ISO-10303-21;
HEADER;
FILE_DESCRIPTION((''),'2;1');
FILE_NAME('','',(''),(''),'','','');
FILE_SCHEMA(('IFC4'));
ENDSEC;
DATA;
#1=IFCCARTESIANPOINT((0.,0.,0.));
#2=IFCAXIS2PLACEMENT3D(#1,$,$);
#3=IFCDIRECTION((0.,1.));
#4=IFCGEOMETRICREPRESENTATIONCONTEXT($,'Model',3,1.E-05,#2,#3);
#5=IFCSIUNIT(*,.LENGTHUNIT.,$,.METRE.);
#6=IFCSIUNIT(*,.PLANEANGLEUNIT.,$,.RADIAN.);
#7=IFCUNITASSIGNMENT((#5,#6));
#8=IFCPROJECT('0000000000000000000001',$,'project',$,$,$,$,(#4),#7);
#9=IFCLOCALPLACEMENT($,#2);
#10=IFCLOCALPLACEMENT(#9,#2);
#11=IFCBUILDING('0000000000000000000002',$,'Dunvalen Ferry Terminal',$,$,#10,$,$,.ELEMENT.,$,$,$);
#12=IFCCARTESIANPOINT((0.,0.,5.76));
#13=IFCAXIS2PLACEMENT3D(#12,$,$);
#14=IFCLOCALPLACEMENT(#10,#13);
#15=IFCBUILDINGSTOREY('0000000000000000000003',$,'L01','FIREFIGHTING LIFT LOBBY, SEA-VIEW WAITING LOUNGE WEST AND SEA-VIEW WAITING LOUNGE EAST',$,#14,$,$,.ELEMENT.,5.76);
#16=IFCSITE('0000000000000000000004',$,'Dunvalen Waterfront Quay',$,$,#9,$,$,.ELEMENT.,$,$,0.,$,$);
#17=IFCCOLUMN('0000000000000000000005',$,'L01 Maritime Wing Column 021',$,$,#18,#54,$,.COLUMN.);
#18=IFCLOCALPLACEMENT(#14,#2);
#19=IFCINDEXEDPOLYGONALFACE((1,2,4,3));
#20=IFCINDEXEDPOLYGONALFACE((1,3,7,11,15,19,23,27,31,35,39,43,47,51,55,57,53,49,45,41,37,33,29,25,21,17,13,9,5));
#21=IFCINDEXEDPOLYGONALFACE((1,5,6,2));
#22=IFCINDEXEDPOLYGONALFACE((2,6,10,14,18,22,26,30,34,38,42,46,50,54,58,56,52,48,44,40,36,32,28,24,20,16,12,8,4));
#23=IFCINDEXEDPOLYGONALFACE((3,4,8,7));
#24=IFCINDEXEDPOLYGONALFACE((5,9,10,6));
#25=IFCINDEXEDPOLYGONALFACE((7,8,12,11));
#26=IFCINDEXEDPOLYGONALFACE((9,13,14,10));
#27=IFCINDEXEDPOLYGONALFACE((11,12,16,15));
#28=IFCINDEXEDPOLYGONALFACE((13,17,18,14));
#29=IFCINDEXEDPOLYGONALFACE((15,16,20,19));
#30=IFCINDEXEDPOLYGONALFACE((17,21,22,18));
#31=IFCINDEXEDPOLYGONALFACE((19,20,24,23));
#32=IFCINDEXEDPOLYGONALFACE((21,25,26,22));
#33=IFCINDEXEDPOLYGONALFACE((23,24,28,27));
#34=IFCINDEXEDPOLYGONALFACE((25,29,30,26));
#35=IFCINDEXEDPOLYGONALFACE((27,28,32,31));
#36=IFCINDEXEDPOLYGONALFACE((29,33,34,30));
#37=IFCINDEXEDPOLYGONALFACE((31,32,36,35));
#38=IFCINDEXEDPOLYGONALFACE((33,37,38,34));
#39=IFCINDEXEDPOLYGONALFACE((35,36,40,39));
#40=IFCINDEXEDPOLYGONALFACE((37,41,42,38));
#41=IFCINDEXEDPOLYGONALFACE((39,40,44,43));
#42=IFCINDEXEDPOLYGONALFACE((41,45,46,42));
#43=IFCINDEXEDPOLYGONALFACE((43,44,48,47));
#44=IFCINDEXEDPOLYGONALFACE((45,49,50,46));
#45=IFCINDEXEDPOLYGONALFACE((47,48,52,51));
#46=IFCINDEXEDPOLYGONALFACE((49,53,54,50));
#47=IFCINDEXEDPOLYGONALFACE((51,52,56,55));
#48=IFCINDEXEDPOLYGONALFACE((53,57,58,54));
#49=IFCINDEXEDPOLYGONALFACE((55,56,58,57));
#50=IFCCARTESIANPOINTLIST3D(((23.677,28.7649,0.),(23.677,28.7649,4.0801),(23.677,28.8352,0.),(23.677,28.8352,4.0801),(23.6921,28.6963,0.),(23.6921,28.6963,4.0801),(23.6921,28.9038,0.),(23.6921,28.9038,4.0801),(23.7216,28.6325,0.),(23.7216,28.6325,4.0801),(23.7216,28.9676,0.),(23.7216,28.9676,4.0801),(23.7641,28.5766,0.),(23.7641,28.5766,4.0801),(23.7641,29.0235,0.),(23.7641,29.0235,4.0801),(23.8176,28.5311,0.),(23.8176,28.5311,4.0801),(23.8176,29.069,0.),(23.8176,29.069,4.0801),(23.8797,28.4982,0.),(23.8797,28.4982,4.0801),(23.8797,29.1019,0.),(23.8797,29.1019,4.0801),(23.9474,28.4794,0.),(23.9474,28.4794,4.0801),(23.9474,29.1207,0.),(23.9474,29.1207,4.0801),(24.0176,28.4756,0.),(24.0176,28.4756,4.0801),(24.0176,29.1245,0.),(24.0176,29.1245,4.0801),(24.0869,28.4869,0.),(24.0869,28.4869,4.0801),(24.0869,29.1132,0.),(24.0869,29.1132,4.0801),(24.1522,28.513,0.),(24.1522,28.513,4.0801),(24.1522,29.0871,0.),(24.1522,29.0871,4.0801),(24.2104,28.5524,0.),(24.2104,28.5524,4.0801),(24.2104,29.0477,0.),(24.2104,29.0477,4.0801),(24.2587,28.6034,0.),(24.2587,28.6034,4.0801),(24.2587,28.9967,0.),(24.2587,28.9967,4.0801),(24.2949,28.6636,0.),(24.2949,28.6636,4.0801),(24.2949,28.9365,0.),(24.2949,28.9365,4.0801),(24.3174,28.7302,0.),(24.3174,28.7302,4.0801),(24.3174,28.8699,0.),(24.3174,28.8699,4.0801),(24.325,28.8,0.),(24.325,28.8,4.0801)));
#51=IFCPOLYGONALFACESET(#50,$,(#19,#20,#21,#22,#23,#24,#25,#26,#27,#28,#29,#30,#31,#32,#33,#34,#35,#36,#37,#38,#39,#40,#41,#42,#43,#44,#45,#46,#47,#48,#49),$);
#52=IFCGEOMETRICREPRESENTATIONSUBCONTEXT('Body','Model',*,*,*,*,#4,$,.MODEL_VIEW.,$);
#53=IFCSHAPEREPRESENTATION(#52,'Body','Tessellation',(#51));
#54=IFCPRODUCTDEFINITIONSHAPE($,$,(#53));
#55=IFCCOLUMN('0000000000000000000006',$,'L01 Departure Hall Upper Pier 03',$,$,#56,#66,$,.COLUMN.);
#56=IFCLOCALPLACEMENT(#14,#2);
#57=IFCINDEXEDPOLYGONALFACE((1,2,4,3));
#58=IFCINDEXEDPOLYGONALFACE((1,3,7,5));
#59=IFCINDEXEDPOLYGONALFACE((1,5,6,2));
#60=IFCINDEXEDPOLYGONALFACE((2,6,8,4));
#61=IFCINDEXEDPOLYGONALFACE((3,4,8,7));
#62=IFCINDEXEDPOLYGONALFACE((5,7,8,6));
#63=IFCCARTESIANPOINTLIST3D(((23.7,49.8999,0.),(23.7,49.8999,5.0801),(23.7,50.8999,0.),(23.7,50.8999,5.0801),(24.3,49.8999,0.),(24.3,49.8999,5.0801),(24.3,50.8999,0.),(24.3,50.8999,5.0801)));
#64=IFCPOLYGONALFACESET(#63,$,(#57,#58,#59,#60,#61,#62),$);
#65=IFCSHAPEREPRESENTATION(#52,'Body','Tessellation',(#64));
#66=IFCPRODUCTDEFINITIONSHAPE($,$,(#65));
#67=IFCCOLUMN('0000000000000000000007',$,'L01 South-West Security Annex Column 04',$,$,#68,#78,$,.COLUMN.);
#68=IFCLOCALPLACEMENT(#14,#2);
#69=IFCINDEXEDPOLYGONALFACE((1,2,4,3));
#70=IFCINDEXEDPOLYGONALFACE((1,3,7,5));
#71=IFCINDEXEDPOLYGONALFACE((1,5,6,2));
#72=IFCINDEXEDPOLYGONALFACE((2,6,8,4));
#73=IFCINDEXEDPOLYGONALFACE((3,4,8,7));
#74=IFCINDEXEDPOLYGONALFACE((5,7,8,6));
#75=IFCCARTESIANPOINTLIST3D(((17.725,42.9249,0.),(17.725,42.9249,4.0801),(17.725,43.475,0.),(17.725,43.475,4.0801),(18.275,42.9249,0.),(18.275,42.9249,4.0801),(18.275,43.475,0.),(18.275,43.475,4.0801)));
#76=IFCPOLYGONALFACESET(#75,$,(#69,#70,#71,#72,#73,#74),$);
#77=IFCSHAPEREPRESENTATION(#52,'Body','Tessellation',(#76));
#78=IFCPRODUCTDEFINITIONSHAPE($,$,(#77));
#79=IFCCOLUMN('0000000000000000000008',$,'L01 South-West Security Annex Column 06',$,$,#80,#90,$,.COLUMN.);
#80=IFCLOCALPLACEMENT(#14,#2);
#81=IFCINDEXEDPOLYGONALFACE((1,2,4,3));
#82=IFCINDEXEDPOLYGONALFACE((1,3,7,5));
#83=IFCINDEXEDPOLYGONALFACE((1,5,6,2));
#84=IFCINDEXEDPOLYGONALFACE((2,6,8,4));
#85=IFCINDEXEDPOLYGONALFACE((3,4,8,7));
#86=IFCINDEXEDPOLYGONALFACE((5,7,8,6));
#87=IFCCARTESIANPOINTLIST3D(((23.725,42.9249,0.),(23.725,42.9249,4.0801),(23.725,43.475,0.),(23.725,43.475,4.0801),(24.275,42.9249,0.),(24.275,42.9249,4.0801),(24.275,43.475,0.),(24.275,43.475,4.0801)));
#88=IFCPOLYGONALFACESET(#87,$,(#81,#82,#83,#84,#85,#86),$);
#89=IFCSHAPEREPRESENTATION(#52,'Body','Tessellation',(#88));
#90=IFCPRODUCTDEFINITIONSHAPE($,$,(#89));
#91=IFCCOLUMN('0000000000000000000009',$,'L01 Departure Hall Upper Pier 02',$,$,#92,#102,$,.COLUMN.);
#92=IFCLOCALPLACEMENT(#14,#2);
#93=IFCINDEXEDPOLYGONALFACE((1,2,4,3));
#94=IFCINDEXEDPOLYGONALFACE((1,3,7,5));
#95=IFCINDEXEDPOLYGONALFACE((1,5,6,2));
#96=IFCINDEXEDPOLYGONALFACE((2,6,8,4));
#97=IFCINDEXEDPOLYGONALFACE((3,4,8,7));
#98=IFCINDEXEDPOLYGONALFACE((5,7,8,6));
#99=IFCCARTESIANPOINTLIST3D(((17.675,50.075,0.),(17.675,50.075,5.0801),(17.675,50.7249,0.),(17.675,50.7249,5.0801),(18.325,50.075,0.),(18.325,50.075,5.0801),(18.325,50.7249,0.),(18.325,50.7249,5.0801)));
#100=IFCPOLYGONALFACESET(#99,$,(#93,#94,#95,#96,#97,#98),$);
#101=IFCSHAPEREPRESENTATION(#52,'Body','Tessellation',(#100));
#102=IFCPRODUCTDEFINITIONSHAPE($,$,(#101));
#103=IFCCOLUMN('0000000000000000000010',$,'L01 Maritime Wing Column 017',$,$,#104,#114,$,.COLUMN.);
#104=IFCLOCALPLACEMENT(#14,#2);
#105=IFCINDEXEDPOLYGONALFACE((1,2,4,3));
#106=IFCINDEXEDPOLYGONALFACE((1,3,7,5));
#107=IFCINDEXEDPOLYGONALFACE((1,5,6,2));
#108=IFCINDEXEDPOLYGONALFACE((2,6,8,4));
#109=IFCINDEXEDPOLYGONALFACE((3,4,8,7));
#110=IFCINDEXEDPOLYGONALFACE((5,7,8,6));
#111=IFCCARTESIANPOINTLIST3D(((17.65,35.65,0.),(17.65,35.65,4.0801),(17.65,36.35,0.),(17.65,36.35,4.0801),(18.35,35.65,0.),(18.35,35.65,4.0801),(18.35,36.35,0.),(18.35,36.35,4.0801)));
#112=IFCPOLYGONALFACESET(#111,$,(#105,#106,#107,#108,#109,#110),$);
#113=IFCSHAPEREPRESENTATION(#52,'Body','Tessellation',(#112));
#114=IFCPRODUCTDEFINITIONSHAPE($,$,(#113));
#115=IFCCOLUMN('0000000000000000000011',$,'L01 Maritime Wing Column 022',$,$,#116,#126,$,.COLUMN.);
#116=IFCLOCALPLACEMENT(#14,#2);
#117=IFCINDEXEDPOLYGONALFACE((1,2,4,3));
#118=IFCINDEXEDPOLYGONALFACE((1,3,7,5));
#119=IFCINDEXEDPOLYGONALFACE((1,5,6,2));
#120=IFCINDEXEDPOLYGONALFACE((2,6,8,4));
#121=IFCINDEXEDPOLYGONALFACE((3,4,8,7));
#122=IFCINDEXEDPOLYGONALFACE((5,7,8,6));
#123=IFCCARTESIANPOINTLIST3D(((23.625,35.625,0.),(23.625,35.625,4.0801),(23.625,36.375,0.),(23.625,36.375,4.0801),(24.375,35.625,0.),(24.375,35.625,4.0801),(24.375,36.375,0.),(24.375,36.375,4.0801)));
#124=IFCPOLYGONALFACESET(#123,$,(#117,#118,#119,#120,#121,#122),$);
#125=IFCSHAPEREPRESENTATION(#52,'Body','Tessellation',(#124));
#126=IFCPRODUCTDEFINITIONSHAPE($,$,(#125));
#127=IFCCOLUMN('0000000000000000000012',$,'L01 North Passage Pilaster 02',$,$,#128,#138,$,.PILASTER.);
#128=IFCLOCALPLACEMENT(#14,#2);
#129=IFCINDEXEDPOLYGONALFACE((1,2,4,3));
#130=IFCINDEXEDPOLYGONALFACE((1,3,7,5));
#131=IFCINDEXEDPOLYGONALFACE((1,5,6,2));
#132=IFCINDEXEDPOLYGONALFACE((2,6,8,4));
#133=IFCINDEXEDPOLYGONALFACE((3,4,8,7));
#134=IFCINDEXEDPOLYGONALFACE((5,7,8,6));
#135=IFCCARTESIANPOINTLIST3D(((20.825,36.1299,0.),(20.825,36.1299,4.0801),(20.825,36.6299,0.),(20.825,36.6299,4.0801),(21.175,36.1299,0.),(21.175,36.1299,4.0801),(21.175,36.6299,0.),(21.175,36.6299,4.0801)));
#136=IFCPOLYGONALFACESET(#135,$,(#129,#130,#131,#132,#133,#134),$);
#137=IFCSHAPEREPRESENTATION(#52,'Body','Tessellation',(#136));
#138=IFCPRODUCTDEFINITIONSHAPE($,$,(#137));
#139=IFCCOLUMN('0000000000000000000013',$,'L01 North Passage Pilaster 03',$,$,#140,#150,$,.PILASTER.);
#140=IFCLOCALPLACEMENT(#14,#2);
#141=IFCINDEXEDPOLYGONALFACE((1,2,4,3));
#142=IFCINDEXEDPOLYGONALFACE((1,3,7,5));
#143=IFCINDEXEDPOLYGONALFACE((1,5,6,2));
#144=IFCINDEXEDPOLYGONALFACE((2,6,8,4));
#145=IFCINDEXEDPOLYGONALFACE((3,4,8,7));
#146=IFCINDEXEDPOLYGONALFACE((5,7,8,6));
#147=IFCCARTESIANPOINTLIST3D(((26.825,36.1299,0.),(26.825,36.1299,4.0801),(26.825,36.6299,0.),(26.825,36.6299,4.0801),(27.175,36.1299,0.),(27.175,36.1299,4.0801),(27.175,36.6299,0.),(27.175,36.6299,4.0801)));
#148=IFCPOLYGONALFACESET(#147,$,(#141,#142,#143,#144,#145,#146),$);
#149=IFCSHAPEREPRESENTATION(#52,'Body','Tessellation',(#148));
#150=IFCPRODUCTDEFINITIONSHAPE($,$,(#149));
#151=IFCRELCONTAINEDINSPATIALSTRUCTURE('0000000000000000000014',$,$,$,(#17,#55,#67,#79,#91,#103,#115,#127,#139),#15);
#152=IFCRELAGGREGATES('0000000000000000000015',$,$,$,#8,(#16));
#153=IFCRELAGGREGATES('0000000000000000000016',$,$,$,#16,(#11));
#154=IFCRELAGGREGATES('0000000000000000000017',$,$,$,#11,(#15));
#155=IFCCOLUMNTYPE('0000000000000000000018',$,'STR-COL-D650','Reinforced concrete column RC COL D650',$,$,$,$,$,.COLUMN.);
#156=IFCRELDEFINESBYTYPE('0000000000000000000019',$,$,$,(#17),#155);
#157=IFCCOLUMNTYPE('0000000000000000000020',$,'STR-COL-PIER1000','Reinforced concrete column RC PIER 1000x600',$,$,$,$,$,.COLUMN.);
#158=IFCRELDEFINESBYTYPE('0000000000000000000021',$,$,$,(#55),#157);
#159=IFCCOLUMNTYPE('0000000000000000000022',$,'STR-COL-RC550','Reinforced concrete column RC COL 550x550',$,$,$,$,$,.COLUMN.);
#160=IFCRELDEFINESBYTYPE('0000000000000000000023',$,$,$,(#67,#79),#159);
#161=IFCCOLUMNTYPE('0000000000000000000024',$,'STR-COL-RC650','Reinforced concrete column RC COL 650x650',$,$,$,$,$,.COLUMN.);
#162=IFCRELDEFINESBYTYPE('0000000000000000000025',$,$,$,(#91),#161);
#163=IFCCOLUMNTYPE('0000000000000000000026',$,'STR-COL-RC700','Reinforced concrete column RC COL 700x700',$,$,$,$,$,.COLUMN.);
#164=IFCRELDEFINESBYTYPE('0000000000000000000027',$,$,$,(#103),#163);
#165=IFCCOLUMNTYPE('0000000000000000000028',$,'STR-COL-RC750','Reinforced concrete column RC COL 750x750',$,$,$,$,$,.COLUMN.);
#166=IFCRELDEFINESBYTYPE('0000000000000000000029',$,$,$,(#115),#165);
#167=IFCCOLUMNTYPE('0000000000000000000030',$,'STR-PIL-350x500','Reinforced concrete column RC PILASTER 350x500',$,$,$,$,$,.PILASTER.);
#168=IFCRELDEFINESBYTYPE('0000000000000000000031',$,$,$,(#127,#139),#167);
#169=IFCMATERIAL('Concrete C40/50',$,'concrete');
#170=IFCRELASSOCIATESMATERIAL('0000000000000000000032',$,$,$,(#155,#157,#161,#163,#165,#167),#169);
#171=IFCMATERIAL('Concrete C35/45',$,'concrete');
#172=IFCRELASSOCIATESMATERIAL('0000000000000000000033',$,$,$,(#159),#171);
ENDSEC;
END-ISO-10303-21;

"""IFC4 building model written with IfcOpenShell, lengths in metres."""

from ifc_helpers import new_model, si_unit, direction, frame, origin, origin_2d, place, context, subcontext, project, spatial, rectangle, circle, extrude, material, material_profile, profile_set, type_object, element, save


model = new_model("IFC4")

# Units and contexts
model_context = context("Model", 3, precision=1e-05, world=origin(), true_north=direction((0.0, 1.0)))
body_context = subcontext(model_context, "Body", "Model", "MODEL_VIEW")
ifc_project = project(units=[si_unit("LENGTHUNIT", "METRE"), si_unit("PLANEANGLEUNIT", "RADIAN")], contexts=[model_context])

# Site, building, storey
site_placement = place(None, origin())
site = spatial("IfcSite", under=ifc_project, at=site_placement, Name="Dunvalen Waterfront Quay", CompositionType="ELEMENT", RefElevation=0.0)
building_placement = place(site_placement, origin())
building = spatial("IfcBuilding", under=site, at=building_placement, Name="Dunvalen Ferry Terminal", CompositionType="ELEMENT")
storey_placement = place(building_placement, frame((0.0, 0.0, 5.76)))
storey = spatial("IfcBuildingStorey", under=building, at=storey_placement, Name="L01", Description="FIREFIGHTING LIFT LOBBY, SEA-VIEW WAITING LOUNGE WEST AND SEA-VIEW WAITING LOUNGE EAST", CompositionType="ELEMENT", Elevation=5.76)

# Columns
ifc_material_1 = material(Name="Concrete C40/50", Category="concrete")
ifc_material_profile_1 = material_profile(ifc_material_1, circle(Radius=0.325, at=origin_2d()), Name="Concrete C40/50")
ifc_profile_set_1 = profile_set([ifc_material_profile_1], Name="Concrete C40/50")
column_type_1 = type_object("IfcColumnType", Name="STR-COL-D650", Description="Reinforced concrete column RC COL D650", PredefinedType="COLUMN", material=ifc_profile_set_1)
column_1_placement = place(storey_placement, frame((24.0, 28.8, 0.0), z_axis=(0.0, 0.0, 1.0), x_axis=(1.0, 0.0, 0.0)))
element("IfcColumn", 1, at=column_1_placement, inside=storey, type_object=column_type_1, Name="L01 Maritime Wing Column 021", PredefinedType="COLUMN", context=body_context, shape_type="SweptSolid", body=[
    extrude(circle(Radius=0.325, at=origin_2d()), origin(), (0.0, 0.0, 1.0), 4.0801),
])
ifc_material_profile_2 = material_profile(ifc_material_1, rectangle(XDim=0.6001, YDim=1.0, at=origin_2d()), Name="Concrete C40/50")
ifc_profile_set_2 = profile_set([ifc_material_profile_2], Name="Concrete C40/50")
column_type_2 = type_object("IfcColumnType", Name="STR-COL-PIER1000", Description="Reinforced concrete column RC PIER 1000x600", PredefinedType="COLUMN", material=ifc_profile_set_2)
column_2_placement = place(storey_placement, frame((24.0, 50.3999, 0.0), z_axis=(0.0, 0.0, 1.0), x_axis=(1.0, 0.0, 0.0)))
element("IfcColumn", 2, at=column_2_placement, inside=storey, type_object=column_type_2, Name="L01 Departure Hall Upper Pier 03", PredefinedType="COLUMN", context=body_context, shape_type="SweptSolid", body=[
    extrude(rectangle(XDim=0.6001, YDim=1.0, at=origin_2d()), origin(), (0.0, 0.0, 1.0), 5.0801),
])
ifc_material_2 = material(Name="Concrete C35/45", Category="concrete")
ifc_material_profile_3 = material_profile(ifc_material_2, rectangle(XDim=0.55, YDim=0.55, at=origin_2d()), Name="Concrete C35/45")
ifc_profile_set_3 = profile_set([ifc_material_profile_3], Name="Concrete C35/45")
column_type_3 = type_object("IfcColumnType", Name="STR-COL-RC550", Description="Reinforced concrete column RC COL 550x550", PredefinedType="COLUMN", material=ifc_profile_set_3)
for number, where, z_axis, x_axis, name in (
    (3, (18.0, 43.2, 0.0), (0.0, 0.0, 1.0), (1.0, 0.0, 0.0), "L01 South-West Security Annex Column 04"),
    (4, (24.0, 43.2, 0.0), (0.0, 0.0, 1.0), (1.0, 0.0, 0.0), "L01 South-West Security Annex Column 06"),
):
    element("IfcColumn", number, at=place(storey_placement, frame(where, z_axis=z_axis, x_axis=x_axis)), inside=storey, type_object=column_type_3, Name=name, PredefinedType="COLUMN", context=body_context, shape_type="SweptSolid", body=[
        extrude(rectangle(XDim=0.55, YDim=0.55, at=origin_2d()), origin(), (0.0, 0.0, 1.0), 4.0801),
    ])
ifc_material_profile_4 = material_profile(ifc_material_1, rectangle(XDim=0.6499, YDim=0.6499, at=origin_2d()), Name="Concrete C40/50")
ifc_profile_set_4 = profile_set([ifc_material_profile_4], Name="Concrete C40/50")
column_type_4 = type_object("IfcColumnType", Name="STR-COL-RC650", Description="Reinforced concrete column RC COL 650x650", PredefinedType="COLUMN", material=ifc_profile_set_4)
column_3_placement = place(storey_placement, frame((18.0, 50.3999, 0.0), z_axis=(0.0, 0.0, 1.0), x_axis=(1.0, 0.0, 0.0)))
element("IfcColumn", 5, at=column_3_placement, inside=storey, type_object=column_type_4, Name="L01 Departure Hall Upper Pier 02", PredefinedType="COLUMN", context=body_context, shape_type="SweptSolid", body=[
    extrude(rectangle(XDim=0.6499, YDim=0.6499, at=origin_2d()), origin(), (0.0, 0.0, 1.0), 5.0801),
])
ifc_material_profile_5 = material_profile(ifc_material_1, rectangle(XDim=0.7, YDim=0.7, at=origin_2d()), Name="Concrete C40/50")
ifc_profile_set_5 = profile_set([ifc_material_profile_5], Name="Concrete C40/50")
column_type_5 = type_object("IfcColumnType", Name="STR-COL-RC700", Description="Reinforced concrete column RC COL 700x700", PredefinedType="COLUMN", material=ifc_profile_set_5)
column_4_placement = place(storey_placement, frame((18.0, 36.0, 0.0), z_axis=(0.0, 0.0, 1.0), x_axis=(1.0, 0.0, 0.0)))
element("IfcColumn", 6, at=column_4_placement, inside=storey, type_object=column_type_5, Name="L01 Maritime Wing Column 017", PredefinedType="COLUMN", context=body_context, shape_type="SweptSolid", body=[
    extrude(rectangle(XDim=0.7, YDim=0.7, at=origin_2d()), origin(), (0.0, 0.0, 1.0), 4.0801),
])
ifc_material_profile_6 = material_profile(ifc_material_1, rectangle(XDim=0.75, YDim=0.75, at=origin_2d()), Name="Concrete C40/50")
ifc_profile_set_6 = profile_set([ifc_material_profile_6], Name="Concrete C40/50")
column_type_6 = type_object("IfcColumnType", Name="STR-COL-RC750", Description="Reinforced concrete column RC COL 750x750", PredefinedType="COLUMN", material=ifc_profile_set_6)
column_5_placement = place(storey_placement, frame((24.0, 36.0, 0.0), z_axis=(0.0, 0.0, 1.0), x_axis=(1.0, 0.0, 0.0)))
element("IfcColumn", 7, at=column_5_placement, inside=storey, type_object=column_type_6, Name="L01 Maritime Wing Column 022", PredefinedType="COLUMN", context=body_context, shape_type="SweptSolid", body=[
    extrude(rectangle(XDim=0.75, YDim=0.75, at=origin_2d()), origin(), (0.0, 0.0, 1.0), 4.0801),
])
ifc_material_profile_7 = material_profile(ifc_material_1, rectangle(XDim=0.3501, YDim=0.5, at=origin_2d()), Name="Concrete C40/50")
ifc_profile_set_7 = profile_set([ifc_material_profile_7], Name="Concrete C40/50")
column_type_7 = type_object("IfcColumnType", Name="STR-PIL-350x500", Description="Reinforced concrete column RC PILASTER 350x500", PredefinedType="PILASTER", material=ifc_profile_set_7)
for number, where, z_axis, x_axis, name in (
    (8, (21.0, 36.3799, 0.0), (0.0, 0.0, 1.0), (1.0, 0.0, 0.0), "L01 North Passage Pilaster 02"),
    (9, (27.0, 36.3799, 0.0), (0.0, 0.0, 1.0), (1.0, 0.0, 0.0), "L01 North Passage Pilaster 03"),
):
    element("IfcColumn", number, at=place(storey_placement, frame(where, z_axis=z_axis, x_axis=x_axis)), inside=storey, type_object=column_type_7, Name=name, PredefinedType="PILASTER", context=body_context, shape_type="SweptSolid", body=[
        extrude(rectangle(XDim=0.3501, YDim=0.5, at=origin_2d()), origin(), (0.0, 0.0, 1.0), 4.0801),
    ])

save(model, "model.ifc")
